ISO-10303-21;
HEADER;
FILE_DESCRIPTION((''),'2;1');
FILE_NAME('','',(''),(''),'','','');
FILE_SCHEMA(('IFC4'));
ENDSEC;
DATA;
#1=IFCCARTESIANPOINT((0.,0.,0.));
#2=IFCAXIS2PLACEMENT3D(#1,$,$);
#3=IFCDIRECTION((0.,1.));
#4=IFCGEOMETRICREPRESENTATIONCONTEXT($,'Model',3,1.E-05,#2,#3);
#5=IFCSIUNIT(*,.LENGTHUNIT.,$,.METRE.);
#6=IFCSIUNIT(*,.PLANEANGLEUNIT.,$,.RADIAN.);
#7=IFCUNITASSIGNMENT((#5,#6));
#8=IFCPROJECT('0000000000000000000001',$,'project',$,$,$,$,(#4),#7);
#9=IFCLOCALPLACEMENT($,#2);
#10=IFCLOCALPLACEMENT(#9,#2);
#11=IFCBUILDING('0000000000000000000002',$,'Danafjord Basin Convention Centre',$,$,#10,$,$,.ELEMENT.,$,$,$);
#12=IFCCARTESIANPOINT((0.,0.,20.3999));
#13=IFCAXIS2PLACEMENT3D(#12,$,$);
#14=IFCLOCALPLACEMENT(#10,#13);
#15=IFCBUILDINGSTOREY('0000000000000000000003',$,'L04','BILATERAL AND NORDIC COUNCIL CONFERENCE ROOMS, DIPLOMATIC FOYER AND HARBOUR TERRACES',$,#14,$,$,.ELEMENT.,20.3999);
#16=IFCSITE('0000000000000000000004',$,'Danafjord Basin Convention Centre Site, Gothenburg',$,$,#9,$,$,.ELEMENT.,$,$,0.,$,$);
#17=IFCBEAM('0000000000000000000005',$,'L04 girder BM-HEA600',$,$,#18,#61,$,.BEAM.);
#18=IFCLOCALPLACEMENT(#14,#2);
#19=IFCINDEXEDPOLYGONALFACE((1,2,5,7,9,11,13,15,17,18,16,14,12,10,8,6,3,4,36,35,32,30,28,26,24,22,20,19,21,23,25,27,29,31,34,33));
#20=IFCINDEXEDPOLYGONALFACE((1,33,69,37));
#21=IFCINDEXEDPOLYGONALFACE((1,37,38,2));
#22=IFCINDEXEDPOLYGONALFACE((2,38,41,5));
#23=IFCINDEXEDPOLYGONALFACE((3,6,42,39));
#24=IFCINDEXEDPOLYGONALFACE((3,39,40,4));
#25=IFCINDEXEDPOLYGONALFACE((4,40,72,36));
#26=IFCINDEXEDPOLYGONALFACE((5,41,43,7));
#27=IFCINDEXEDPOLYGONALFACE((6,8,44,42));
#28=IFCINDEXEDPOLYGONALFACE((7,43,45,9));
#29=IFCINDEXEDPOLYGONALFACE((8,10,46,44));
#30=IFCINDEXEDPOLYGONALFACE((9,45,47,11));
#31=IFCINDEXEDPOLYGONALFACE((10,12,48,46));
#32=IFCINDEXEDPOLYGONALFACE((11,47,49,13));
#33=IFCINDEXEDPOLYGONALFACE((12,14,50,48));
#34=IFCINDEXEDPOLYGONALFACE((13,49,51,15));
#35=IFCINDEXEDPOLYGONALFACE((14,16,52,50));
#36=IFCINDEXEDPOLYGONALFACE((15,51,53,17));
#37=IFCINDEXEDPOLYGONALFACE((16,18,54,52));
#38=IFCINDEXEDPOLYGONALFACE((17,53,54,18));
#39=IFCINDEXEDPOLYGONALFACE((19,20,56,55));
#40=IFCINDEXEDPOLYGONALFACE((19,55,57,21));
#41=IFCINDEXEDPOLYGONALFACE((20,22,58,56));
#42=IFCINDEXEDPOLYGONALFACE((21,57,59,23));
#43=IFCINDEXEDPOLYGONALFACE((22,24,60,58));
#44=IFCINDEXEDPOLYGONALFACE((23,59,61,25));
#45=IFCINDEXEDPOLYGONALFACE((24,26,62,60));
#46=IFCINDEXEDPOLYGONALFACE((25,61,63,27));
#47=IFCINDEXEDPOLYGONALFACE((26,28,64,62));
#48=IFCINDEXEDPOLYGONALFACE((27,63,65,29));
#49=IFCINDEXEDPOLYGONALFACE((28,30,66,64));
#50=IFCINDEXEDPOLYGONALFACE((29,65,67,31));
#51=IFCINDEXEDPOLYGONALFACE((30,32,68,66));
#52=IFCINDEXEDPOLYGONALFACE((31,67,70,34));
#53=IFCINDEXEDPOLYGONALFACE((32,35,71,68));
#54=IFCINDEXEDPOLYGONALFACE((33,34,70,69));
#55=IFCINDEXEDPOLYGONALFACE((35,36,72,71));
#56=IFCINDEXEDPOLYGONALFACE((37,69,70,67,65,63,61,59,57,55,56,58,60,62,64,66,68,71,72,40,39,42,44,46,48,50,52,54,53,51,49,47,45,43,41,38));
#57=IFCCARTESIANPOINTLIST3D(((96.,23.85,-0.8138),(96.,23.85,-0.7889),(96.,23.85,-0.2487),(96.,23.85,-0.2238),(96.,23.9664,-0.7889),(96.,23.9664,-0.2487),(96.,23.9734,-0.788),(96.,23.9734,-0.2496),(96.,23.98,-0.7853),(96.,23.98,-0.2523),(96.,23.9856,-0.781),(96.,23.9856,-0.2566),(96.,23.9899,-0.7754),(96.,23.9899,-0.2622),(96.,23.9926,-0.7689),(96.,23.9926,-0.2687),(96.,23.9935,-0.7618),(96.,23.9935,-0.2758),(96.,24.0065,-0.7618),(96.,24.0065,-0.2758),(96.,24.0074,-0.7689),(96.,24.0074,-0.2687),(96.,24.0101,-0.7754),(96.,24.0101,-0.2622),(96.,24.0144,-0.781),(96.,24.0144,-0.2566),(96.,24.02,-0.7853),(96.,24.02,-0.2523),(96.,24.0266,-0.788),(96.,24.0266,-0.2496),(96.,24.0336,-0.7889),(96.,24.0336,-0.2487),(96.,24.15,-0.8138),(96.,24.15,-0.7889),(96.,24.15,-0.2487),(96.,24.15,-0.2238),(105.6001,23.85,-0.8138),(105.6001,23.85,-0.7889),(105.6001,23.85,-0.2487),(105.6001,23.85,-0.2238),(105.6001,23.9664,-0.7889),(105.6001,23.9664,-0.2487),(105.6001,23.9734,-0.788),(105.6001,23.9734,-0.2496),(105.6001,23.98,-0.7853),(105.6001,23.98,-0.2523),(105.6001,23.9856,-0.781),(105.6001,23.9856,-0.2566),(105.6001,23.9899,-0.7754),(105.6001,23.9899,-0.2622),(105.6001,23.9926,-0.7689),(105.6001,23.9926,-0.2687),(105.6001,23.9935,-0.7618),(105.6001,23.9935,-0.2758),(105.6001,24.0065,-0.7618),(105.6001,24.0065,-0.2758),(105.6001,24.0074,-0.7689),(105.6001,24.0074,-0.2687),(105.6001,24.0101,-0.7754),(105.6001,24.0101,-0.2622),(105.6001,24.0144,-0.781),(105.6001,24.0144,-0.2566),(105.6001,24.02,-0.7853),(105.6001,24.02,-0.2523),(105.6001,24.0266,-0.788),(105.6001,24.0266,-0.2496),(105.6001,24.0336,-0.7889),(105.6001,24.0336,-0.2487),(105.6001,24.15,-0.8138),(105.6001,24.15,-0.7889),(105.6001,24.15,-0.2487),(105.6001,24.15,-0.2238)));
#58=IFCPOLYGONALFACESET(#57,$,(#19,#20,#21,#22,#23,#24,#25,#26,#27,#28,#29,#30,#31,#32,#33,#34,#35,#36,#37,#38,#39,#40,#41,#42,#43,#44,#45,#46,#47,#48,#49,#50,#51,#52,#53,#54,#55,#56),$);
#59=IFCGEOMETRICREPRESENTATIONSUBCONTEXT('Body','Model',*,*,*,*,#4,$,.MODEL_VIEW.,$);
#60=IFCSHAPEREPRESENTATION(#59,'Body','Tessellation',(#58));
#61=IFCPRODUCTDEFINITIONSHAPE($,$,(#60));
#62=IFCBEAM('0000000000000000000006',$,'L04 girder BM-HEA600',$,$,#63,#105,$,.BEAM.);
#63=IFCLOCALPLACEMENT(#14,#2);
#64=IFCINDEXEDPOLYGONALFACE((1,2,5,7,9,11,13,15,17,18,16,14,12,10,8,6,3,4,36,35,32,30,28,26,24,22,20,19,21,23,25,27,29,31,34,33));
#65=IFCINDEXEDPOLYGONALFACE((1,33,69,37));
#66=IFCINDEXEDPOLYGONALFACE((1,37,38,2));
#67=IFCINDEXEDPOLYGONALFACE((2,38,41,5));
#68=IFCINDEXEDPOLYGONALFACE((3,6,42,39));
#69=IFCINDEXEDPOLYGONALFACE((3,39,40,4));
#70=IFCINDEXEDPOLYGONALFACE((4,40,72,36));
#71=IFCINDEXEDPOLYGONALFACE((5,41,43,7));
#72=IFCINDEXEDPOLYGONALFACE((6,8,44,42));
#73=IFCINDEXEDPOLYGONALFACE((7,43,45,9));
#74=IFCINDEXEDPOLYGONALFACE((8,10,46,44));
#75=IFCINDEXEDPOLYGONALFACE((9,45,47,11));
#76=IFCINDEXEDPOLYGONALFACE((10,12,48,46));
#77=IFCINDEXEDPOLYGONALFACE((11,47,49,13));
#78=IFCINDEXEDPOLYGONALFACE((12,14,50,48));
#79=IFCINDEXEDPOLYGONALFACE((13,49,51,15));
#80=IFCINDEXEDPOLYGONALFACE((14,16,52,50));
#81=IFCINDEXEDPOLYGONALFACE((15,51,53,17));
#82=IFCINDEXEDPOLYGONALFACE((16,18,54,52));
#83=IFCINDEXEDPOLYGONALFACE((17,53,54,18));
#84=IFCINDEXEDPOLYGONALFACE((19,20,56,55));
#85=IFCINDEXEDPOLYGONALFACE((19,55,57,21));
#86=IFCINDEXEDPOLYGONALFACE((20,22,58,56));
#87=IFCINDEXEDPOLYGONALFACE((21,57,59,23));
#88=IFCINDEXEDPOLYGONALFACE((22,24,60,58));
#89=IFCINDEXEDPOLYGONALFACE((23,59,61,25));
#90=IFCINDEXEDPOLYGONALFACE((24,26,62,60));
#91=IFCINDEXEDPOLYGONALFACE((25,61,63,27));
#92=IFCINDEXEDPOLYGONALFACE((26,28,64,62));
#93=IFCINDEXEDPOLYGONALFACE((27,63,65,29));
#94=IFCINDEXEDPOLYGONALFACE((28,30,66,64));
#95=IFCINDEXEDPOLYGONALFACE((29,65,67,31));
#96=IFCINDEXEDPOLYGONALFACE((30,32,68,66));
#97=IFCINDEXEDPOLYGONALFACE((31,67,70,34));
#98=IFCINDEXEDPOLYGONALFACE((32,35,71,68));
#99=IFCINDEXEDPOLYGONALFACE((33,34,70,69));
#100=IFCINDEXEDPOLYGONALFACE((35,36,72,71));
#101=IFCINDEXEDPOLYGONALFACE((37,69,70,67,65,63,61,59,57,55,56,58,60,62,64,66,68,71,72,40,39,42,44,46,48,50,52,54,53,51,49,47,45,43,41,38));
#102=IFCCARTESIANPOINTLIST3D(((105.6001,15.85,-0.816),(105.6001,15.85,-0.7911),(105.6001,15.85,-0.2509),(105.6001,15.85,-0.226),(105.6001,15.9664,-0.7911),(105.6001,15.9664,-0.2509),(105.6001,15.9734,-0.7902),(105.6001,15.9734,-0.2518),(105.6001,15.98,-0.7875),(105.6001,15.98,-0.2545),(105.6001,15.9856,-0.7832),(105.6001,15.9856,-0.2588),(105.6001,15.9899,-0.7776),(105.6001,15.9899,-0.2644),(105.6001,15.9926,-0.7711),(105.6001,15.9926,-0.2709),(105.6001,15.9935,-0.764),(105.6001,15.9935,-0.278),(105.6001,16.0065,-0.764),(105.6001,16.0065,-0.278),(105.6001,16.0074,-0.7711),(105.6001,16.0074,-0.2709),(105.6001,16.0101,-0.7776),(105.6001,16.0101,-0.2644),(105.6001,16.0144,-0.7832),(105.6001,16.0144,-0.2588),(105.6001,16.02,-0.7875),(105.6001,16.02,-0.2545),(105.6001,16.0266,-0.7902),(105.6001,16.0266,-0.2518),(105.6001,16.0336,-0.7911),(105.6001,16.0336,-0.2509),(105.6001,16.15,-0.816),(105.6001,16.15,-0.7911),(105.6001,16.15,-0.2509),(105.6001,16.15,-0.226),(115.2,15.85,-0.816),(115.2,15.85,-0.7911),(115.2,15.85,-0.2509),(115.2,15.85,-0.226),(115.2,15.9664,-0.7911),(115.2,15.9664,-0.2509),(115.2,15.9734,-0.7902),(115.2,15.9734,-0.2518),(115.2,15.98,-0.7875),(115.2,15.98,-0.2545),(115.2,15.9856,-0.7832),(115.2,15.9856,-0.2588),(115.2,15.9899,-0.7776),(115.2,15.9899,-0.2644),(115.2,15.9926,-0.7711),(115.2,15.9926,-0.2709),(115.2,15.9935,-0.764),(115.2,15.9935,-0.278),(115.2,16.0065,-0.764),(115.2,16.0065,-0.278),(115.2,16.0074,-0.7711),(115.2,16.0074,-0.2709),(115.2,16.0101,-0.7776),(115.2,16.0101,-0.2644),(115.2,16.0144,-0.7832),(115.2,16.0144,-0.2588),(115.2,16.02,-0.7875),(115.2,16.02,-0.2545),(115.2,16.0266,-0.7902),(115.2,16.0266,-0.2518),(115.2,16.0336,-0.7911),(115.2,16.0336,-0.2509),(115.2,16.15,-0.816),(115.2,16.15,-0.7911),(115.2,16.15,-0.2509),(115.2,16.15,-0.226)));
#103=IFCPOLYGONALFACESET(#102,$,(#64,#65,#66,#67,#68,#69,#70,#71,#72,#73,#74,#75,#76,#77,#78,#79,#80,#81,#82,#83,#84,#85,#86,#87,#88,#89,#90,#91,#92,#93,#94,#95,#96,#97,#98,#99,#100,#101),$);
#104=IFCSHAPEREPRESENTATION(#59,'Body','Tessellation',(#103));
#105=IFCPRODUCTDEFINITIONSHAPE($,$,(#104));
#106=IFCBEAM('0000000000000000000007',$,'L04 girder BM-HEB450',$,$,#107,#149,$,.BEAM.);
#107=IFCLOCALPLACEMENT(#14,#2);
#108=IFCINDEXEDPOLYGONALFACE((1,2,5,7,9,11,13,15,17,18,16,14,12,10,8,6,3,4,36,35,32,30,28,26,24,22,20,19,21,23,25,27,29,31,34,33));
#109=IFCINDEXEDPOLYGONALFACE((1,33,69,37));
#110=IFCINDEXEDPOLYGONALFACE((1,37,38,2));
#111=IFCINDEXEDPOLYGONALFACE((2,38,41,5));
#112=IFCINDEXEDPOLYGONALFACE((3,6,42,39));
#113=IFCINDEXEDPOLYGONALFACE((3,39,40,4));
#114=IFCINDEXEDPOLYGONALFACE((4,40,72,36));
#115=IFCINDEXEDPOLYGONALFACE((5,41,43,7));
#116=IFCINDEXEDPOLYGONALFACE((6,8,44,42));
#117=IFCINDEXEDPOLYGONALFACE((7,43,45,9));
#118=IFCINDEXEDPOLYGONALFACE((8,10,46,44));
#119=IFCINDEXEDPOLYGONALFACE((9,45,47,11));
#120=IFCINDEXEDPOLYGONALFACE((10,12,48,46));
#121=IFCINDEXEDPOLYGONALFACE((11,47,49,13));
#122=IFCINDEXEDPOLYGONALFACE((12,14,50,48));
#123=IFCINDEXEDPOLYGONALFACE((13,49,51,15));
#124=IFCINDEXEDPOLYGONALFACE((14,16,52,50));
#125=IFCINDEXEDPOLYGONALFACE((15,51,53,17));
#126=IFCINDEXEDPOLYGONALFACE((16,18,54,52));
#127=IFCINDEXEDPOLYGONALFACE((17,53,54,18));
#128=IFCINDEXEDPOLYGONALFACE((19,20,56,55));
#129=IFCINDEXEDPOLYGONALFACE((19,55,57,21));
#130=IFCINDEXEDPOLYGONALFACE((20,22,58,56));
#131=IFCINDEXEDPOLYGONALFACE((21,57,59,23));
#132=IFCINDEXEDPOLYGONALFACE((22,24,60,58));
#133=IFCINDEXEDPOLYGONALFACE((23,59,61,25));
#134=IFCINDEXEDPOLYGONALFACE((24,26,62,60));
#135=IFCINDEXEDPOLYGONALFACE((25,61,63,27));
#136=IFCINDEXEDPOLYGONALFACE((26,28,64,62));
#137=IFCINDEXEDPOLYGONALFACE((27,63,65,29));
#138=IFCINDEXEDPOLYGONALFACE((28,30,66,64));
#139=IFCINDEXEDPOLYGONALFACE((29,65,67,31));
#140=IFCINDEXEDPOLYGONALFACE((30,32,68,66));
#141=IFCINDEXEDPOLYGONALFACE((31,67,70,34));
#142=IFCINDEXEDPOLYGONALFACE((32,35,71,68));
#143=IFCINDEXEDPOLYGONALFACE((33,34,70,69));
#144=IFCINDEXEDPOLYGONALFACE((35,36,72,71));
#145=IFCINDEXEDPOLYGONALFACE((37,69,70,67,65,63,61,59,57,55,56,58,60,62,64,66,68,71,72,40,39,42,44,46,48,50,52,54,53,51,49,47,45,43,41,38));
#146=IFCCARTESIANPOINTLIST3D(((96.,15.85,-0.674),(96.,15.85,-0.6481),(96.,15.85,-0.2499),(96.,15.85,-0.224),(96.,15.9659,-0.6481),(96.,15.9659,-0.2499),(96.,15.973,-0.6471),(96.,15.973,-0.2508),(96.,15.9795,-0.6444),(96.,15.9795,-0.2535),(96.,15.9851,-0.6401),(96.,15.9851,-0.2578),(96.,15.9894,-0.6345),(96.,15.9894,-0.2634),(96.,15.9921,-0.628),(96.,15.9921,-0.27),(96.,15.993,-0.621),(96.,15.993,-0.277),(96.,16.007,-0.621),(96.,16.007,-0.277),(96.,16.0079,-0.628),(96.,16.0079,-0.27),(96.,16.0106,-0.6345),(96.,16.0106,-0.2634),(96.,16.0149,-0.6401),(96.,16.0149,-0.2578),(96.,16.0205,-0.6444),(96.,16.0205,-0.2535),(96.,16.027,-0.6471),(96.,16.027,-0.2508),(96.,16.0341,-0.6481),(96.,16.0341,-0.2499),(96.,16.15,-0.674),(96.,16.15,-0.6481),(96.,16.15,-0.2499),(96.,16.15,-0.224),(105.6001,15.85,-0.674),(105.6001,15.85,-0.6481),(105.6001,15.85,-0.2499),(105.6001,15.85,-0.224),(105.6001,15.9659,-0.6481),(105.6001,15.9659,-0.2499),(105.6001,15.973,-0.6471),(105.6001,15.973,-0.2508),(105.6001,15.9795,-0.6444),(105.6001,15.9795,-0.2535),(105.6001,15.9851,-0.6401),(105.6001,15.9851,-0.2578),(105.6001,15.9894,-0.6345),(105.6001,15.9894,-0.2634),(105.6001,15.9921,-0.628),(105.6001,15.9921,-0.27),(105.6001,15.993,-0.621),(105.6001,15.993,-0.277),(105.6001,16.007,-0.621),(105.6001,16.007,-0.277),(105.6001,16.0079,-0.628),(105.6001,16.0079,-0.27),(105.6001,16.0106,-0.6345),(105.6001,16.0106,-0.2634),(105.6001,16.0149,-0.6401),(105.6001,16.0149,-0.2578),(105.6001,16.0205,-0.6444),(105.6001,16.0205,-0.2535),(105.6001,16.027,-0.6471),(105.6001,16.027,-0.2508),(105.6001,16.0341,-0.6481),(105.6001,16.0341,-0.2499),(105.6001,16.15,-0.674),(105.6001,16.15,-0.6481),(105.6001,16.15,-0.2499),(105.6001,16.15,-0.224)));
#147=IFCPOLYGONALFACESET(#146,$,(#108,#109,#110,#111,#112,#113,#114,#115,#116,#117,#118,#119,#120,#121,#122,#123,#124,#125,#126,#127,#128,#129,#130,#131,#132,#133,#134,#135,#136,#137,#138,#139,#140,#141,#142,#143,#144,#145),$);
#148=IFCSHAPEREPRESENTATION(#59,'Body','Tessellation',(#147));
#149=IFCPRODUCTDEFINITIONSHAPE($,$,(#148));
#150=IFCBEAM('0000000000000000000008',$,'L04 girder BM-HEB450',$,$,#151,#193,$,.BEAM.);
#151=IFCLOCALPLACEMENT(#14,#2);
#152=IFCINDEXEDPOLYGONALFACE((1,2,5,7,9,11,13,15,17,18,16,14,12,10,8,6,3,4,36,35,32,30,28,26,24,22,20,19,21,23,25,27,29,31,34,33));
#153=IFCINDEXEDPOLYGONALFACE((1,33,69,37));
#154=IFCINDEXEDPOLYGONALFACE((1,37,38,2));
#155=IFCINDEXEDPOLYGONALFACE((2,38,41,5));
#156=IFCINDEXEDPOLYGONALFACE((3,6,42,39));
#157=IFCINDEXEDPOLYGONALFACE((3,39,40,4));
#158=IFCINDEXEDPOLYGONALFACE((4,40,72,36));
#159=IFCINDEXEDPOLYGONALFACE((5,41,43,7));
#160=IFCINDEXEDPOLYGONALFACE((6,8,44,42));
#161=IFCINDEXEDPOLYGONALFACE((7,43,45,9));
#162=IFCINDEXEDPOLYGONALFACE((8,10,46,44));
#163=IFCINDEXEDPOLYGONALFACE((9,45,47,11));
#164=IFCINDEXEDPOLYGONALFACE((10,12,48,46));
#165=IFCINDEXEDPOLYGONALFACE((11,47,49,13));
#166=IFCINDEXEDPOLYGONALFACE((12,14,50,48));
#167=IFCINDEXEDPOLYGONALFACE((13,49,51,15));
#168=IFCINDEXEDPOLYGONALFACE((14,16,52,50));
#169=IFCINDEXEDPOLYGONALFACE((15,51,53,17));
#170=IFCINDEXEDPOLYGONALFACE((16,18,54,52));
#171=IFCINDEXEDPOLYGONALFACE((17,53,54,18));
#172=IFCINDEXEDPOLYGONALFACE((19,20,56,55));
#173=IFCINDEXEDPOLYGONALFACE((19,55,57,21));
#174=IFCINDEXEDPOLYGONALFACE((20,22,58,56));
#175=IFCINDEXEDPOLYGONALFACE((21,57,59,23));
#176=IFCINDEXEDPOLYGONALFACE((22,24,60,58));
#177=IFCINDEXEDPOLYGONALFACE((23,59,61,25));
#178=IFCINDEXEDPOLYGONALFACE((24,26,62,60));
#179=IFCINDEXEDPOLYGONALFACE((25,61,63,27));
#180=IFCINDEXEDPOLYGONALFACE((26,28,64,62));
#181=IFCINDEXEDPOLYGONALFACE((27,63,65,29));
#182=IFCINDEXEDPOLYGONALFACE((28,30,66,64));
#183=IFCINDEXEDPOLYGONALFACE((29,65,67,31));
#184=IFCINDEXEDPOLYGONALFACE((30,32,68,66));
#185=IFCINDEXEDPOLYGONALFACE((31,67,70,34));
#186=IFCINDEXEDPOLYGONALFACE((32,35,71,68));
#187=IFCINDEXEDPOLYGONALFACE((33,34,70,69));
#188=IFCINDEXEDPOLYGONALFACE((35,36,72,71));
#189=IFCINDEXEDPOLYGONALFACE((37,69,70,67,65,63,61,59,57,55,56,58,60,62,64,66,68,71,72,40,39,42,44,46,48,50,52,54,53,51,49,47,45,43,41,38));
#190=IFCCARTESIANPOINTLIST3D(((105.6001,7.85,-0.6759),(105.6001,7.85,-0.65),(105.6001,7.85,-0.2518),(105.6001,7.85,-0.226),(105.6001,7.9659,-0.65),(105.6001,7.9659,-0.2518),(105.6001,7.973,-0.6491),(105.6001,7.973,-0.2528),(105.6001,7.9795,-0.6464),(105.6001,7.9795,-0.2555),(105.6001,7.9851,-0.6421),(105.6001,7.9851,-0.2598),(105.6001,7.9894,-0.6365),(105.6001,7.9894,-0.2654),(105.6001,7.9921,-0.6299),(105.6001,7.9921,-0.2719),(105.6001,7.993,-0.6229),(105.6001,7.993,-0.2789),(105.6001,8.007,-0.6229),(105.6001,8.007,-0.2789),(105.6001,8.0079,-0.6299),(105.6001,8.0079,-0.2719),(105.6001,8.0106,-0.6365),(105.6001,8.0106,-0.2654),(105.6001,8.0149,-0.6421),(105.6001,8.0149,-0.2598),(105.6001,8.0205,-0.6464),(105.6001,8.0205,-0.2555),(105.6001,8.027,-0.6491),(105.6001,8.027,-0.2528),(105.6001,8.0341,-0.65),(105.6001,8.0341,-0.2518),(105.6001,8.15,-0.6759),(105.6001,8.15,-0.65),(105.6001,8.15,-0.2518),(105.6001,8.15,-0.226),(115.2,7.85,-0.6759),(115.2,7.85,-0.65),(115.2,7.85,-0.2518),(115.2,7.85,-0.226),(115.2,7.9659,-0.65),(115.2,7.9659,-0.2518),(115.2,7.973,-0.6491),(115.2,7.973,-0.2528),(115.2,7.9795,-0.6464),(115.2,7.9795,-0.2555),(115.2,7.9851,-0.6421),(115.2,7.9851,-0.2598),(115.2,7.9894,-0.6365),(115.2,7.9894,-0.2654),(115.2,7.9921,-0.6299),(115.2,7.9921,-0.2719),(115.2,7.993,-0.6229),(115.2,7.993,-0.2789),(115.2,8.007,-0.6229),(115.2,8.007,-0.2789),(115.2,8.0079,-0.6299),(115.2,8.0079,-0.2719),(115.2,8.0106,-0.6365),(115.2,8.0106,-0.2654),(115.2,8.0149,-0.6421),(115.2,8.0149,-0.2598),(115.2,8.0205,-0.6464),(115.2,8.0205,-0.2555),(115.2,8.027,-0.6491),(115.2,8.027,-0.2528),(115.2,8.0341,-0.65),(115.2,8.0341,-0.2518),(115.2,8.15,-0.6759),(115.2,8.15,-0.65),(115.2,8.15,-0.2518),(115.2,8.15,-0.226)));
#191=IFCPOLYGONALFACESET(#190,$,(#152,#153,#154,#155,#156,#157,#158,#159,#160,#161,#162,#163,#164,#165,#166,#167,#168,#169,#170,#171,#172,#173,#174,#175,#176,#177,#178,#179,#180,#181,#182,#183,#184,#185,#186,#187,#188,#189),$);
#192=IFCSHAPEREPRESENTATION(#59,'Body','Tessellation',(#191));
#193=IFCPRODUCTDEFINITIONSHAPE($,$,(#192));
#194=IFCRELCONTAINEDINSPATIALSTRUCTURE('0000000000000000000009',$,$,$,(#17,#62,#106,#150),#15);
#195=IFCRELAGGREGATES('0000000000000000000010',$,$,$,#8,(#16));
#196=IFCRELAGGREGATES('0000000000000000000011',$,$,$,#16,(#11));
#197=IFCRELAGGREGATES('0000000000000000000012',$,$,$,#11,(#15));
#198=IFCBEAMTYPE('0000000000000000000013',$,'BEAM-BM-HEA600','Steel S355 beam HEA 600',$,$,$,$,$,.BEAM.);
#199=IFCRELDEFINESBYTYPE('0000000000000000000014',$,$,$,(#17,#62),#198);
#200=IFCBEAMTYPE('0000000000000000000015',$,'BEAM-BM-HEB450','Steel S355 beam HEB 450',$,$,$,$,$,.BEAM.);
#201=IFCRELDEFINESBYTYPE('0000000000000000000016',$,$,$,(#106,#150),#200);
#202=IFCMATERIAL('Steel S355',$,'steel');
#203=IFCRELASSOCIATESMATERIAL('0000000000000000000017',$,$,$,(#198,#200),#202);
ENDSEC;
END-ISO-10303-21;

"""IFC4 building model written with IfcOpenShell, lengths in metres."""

from ifc_helpers import new_model, si_unit, direction, frame, origin, origin_2d, place, context, subcontext, project, spatial, i_section, extrude, material, material_profile, profile_set, type_object, element, save


model = new_model("IFC4")

# Units and contexts
model_context = context("Model", 3, precision=1e-05, world=origin(), true_north=direction((0.0, 1.0)))
body_context = subcontext(model_context, "Body", "Model", "MODEL_VIEW")
ifc_project = project(units=[si_unit("LENGTHUNIT", "METRE"), si_unit("PLANEANGLEUNIT", "RADIAN")], contexts=[model_context])

# Site, building, storey
site_placement = place(None, origin())
site = spatial("IfcSite", under=ifc_project, at=site_placement, Name="Danafjord Basin Convention Centre Site, Gothenburg", CompositionType="ELEMENT", RefElevation=0.0)
building_placement = place(site_placement, origin())
building = spatial("IfcBuilding", under=site, at=building_placement, Name="Danafjord Basin Convention Centre", CompositionType="ELEMENT")
storey_placement = place(building_placement, frame((0.0, 0.0, 20.3999)))
storey = spatial("IfcBuildingStorey", under=building, at=storey_placement, Name="L04", Description="BILATERAL AND NORDIC COUNCIL CONFERENCE ROOMS, DIPLOMATIC FOYER AND HARBOUR TERRACES", CompositionType="ELEMENT", Elevation=20.3999)

# Shared definitions
ifc_material_1 = material(Name="Steel S355", Category="steel")

# Beams
ifc_material_profile_1 = material_profile(ifc_material_1, i_section(OverallWidth=0.3, OverallDepth=0.5901, WebThickness=0.0129, FlangeThickness=0.0249, FilletRadius=0.0271, at=origin_2d()), Name="HEA 600")
ifc_profile_set_1 = profile_set([ifc_material_profile_1], Name="Steel S355")
beam_type_1 = type_object("IfcBeamType", Name="BEAM-BM-HEA600", Description="Steel S355 beam HEA 600", PredefinedType="BEAM", material=ifc_profile_set_1)
beam_1_placement = place(storey_placement, frame((96.0, 24.0, -0.5188), z_axis=(1.0, 0.0, 0.0), x_axis=(0.0, 1.0, 0.0)))
element("IfcBeam", 1, at=beam_1_placement, inside=storey, type_object=beam_type_1, Name="L04 girder BM-HEA600", PredefinedType="BEAM", context=body_context, shape_type="SweptSolid", body=[
    extrude(i_section(OverallWidth=0.3, OverallDepth=0.5901, WebThickness=0.0129, FlangeThickness=0.0249, FilletRadius=0.0271, at=origin_2d()), origin(), (0.0, 0.0, 1.0), 9.6001),
])
beam_2_placement = place(storey_placement, frame((105.6001, 16.0, -0.521), z_axis=(1.0, 0.0, 0.0), x_axis=(0.0, 1.0, 0.0)))
element("IfcBeam", 2, at=beam_2_placement, inside=storey, type_object=beam_type_1, Name="L04 girder BM-HEA600", PredefinedType="BEAM", context=body_context, shape_type="SweptSolid", body=[
    extrude(i_section(OverallWidth=0.3, OverallDepth=0.5901, WebThickness=0.0129, FlangeThickness=0.0249, FilletRadius=0.0271, at=origin_2d()), origin(), (0.0, 0.0, 1.0), 9.5999),
])
ifc_material_profile_2 = material_profile(ifc_material_1, i_section(OverallWidth=0.3, OverallDepth=0.45, WebThickness=0.0139, FlangeThickness=0.0259, FilletRadius=0.0271, at=origin_2d()), Name="HEB 450")
ifc_profile_set_2 = profile_set([ifc_material_profile_2], Name="Steel S355")
beam_type_2 = type_object("IfcBeamType", Name="BEAM-BM-HEB450", Description="Steel S355 beam HEB 450", PredefinedType="BEAM", material=ifc_profile_set_2)
beam_3_placement = place(storey_placement, frame((96.0, 16.0, -0.449), z_axis=(1.0, 0.0, 0.0), x_axis=(0.0, 1.0, 0.0)))
element("IfcBeam", 3, at=beam_3_placement, inside=storey, type_object=beam_type_2, Name="L04 girder BM-HEB450", PredefinedType="BEAM", context=body_context, shape_type="SweptSolid", body=[
    extrude(i_section(OverallWidth=0.3, OverallDepth=0.45, WebThickness=0.0139, FlangeThickness=0.0259, FilletRadius=0.0271, at=origin_2d()), origin(), (0.0, 0.0, 1.0), 9.6001),
])
beam_4_placement = place(storey_placement, frame((105.6001, 8.0, -0.4509), z_axis=(1.0, 0.0, 0.0), x_axis=(0.0, 1.0, 0.0)))
element("IfcBeam", 4, at=beam_4_placement, inside=storey, type_object=beam_type_2, Name="L04 girder BM-HEB450", PredefinedType="BEAM", context=body_context, shape_type="SweptSolid", body=[
    extrude(i_section(OverallWidth=0.3, OverallDepth=0.45, WebThickness=0.0139, FlangeThickness=0.0259, FilletRadius=0.0271, at=origin_2d()), origin(), (0.0, 0.0, 1.0), 9.5999),
])

save(model, "model.ifc")
